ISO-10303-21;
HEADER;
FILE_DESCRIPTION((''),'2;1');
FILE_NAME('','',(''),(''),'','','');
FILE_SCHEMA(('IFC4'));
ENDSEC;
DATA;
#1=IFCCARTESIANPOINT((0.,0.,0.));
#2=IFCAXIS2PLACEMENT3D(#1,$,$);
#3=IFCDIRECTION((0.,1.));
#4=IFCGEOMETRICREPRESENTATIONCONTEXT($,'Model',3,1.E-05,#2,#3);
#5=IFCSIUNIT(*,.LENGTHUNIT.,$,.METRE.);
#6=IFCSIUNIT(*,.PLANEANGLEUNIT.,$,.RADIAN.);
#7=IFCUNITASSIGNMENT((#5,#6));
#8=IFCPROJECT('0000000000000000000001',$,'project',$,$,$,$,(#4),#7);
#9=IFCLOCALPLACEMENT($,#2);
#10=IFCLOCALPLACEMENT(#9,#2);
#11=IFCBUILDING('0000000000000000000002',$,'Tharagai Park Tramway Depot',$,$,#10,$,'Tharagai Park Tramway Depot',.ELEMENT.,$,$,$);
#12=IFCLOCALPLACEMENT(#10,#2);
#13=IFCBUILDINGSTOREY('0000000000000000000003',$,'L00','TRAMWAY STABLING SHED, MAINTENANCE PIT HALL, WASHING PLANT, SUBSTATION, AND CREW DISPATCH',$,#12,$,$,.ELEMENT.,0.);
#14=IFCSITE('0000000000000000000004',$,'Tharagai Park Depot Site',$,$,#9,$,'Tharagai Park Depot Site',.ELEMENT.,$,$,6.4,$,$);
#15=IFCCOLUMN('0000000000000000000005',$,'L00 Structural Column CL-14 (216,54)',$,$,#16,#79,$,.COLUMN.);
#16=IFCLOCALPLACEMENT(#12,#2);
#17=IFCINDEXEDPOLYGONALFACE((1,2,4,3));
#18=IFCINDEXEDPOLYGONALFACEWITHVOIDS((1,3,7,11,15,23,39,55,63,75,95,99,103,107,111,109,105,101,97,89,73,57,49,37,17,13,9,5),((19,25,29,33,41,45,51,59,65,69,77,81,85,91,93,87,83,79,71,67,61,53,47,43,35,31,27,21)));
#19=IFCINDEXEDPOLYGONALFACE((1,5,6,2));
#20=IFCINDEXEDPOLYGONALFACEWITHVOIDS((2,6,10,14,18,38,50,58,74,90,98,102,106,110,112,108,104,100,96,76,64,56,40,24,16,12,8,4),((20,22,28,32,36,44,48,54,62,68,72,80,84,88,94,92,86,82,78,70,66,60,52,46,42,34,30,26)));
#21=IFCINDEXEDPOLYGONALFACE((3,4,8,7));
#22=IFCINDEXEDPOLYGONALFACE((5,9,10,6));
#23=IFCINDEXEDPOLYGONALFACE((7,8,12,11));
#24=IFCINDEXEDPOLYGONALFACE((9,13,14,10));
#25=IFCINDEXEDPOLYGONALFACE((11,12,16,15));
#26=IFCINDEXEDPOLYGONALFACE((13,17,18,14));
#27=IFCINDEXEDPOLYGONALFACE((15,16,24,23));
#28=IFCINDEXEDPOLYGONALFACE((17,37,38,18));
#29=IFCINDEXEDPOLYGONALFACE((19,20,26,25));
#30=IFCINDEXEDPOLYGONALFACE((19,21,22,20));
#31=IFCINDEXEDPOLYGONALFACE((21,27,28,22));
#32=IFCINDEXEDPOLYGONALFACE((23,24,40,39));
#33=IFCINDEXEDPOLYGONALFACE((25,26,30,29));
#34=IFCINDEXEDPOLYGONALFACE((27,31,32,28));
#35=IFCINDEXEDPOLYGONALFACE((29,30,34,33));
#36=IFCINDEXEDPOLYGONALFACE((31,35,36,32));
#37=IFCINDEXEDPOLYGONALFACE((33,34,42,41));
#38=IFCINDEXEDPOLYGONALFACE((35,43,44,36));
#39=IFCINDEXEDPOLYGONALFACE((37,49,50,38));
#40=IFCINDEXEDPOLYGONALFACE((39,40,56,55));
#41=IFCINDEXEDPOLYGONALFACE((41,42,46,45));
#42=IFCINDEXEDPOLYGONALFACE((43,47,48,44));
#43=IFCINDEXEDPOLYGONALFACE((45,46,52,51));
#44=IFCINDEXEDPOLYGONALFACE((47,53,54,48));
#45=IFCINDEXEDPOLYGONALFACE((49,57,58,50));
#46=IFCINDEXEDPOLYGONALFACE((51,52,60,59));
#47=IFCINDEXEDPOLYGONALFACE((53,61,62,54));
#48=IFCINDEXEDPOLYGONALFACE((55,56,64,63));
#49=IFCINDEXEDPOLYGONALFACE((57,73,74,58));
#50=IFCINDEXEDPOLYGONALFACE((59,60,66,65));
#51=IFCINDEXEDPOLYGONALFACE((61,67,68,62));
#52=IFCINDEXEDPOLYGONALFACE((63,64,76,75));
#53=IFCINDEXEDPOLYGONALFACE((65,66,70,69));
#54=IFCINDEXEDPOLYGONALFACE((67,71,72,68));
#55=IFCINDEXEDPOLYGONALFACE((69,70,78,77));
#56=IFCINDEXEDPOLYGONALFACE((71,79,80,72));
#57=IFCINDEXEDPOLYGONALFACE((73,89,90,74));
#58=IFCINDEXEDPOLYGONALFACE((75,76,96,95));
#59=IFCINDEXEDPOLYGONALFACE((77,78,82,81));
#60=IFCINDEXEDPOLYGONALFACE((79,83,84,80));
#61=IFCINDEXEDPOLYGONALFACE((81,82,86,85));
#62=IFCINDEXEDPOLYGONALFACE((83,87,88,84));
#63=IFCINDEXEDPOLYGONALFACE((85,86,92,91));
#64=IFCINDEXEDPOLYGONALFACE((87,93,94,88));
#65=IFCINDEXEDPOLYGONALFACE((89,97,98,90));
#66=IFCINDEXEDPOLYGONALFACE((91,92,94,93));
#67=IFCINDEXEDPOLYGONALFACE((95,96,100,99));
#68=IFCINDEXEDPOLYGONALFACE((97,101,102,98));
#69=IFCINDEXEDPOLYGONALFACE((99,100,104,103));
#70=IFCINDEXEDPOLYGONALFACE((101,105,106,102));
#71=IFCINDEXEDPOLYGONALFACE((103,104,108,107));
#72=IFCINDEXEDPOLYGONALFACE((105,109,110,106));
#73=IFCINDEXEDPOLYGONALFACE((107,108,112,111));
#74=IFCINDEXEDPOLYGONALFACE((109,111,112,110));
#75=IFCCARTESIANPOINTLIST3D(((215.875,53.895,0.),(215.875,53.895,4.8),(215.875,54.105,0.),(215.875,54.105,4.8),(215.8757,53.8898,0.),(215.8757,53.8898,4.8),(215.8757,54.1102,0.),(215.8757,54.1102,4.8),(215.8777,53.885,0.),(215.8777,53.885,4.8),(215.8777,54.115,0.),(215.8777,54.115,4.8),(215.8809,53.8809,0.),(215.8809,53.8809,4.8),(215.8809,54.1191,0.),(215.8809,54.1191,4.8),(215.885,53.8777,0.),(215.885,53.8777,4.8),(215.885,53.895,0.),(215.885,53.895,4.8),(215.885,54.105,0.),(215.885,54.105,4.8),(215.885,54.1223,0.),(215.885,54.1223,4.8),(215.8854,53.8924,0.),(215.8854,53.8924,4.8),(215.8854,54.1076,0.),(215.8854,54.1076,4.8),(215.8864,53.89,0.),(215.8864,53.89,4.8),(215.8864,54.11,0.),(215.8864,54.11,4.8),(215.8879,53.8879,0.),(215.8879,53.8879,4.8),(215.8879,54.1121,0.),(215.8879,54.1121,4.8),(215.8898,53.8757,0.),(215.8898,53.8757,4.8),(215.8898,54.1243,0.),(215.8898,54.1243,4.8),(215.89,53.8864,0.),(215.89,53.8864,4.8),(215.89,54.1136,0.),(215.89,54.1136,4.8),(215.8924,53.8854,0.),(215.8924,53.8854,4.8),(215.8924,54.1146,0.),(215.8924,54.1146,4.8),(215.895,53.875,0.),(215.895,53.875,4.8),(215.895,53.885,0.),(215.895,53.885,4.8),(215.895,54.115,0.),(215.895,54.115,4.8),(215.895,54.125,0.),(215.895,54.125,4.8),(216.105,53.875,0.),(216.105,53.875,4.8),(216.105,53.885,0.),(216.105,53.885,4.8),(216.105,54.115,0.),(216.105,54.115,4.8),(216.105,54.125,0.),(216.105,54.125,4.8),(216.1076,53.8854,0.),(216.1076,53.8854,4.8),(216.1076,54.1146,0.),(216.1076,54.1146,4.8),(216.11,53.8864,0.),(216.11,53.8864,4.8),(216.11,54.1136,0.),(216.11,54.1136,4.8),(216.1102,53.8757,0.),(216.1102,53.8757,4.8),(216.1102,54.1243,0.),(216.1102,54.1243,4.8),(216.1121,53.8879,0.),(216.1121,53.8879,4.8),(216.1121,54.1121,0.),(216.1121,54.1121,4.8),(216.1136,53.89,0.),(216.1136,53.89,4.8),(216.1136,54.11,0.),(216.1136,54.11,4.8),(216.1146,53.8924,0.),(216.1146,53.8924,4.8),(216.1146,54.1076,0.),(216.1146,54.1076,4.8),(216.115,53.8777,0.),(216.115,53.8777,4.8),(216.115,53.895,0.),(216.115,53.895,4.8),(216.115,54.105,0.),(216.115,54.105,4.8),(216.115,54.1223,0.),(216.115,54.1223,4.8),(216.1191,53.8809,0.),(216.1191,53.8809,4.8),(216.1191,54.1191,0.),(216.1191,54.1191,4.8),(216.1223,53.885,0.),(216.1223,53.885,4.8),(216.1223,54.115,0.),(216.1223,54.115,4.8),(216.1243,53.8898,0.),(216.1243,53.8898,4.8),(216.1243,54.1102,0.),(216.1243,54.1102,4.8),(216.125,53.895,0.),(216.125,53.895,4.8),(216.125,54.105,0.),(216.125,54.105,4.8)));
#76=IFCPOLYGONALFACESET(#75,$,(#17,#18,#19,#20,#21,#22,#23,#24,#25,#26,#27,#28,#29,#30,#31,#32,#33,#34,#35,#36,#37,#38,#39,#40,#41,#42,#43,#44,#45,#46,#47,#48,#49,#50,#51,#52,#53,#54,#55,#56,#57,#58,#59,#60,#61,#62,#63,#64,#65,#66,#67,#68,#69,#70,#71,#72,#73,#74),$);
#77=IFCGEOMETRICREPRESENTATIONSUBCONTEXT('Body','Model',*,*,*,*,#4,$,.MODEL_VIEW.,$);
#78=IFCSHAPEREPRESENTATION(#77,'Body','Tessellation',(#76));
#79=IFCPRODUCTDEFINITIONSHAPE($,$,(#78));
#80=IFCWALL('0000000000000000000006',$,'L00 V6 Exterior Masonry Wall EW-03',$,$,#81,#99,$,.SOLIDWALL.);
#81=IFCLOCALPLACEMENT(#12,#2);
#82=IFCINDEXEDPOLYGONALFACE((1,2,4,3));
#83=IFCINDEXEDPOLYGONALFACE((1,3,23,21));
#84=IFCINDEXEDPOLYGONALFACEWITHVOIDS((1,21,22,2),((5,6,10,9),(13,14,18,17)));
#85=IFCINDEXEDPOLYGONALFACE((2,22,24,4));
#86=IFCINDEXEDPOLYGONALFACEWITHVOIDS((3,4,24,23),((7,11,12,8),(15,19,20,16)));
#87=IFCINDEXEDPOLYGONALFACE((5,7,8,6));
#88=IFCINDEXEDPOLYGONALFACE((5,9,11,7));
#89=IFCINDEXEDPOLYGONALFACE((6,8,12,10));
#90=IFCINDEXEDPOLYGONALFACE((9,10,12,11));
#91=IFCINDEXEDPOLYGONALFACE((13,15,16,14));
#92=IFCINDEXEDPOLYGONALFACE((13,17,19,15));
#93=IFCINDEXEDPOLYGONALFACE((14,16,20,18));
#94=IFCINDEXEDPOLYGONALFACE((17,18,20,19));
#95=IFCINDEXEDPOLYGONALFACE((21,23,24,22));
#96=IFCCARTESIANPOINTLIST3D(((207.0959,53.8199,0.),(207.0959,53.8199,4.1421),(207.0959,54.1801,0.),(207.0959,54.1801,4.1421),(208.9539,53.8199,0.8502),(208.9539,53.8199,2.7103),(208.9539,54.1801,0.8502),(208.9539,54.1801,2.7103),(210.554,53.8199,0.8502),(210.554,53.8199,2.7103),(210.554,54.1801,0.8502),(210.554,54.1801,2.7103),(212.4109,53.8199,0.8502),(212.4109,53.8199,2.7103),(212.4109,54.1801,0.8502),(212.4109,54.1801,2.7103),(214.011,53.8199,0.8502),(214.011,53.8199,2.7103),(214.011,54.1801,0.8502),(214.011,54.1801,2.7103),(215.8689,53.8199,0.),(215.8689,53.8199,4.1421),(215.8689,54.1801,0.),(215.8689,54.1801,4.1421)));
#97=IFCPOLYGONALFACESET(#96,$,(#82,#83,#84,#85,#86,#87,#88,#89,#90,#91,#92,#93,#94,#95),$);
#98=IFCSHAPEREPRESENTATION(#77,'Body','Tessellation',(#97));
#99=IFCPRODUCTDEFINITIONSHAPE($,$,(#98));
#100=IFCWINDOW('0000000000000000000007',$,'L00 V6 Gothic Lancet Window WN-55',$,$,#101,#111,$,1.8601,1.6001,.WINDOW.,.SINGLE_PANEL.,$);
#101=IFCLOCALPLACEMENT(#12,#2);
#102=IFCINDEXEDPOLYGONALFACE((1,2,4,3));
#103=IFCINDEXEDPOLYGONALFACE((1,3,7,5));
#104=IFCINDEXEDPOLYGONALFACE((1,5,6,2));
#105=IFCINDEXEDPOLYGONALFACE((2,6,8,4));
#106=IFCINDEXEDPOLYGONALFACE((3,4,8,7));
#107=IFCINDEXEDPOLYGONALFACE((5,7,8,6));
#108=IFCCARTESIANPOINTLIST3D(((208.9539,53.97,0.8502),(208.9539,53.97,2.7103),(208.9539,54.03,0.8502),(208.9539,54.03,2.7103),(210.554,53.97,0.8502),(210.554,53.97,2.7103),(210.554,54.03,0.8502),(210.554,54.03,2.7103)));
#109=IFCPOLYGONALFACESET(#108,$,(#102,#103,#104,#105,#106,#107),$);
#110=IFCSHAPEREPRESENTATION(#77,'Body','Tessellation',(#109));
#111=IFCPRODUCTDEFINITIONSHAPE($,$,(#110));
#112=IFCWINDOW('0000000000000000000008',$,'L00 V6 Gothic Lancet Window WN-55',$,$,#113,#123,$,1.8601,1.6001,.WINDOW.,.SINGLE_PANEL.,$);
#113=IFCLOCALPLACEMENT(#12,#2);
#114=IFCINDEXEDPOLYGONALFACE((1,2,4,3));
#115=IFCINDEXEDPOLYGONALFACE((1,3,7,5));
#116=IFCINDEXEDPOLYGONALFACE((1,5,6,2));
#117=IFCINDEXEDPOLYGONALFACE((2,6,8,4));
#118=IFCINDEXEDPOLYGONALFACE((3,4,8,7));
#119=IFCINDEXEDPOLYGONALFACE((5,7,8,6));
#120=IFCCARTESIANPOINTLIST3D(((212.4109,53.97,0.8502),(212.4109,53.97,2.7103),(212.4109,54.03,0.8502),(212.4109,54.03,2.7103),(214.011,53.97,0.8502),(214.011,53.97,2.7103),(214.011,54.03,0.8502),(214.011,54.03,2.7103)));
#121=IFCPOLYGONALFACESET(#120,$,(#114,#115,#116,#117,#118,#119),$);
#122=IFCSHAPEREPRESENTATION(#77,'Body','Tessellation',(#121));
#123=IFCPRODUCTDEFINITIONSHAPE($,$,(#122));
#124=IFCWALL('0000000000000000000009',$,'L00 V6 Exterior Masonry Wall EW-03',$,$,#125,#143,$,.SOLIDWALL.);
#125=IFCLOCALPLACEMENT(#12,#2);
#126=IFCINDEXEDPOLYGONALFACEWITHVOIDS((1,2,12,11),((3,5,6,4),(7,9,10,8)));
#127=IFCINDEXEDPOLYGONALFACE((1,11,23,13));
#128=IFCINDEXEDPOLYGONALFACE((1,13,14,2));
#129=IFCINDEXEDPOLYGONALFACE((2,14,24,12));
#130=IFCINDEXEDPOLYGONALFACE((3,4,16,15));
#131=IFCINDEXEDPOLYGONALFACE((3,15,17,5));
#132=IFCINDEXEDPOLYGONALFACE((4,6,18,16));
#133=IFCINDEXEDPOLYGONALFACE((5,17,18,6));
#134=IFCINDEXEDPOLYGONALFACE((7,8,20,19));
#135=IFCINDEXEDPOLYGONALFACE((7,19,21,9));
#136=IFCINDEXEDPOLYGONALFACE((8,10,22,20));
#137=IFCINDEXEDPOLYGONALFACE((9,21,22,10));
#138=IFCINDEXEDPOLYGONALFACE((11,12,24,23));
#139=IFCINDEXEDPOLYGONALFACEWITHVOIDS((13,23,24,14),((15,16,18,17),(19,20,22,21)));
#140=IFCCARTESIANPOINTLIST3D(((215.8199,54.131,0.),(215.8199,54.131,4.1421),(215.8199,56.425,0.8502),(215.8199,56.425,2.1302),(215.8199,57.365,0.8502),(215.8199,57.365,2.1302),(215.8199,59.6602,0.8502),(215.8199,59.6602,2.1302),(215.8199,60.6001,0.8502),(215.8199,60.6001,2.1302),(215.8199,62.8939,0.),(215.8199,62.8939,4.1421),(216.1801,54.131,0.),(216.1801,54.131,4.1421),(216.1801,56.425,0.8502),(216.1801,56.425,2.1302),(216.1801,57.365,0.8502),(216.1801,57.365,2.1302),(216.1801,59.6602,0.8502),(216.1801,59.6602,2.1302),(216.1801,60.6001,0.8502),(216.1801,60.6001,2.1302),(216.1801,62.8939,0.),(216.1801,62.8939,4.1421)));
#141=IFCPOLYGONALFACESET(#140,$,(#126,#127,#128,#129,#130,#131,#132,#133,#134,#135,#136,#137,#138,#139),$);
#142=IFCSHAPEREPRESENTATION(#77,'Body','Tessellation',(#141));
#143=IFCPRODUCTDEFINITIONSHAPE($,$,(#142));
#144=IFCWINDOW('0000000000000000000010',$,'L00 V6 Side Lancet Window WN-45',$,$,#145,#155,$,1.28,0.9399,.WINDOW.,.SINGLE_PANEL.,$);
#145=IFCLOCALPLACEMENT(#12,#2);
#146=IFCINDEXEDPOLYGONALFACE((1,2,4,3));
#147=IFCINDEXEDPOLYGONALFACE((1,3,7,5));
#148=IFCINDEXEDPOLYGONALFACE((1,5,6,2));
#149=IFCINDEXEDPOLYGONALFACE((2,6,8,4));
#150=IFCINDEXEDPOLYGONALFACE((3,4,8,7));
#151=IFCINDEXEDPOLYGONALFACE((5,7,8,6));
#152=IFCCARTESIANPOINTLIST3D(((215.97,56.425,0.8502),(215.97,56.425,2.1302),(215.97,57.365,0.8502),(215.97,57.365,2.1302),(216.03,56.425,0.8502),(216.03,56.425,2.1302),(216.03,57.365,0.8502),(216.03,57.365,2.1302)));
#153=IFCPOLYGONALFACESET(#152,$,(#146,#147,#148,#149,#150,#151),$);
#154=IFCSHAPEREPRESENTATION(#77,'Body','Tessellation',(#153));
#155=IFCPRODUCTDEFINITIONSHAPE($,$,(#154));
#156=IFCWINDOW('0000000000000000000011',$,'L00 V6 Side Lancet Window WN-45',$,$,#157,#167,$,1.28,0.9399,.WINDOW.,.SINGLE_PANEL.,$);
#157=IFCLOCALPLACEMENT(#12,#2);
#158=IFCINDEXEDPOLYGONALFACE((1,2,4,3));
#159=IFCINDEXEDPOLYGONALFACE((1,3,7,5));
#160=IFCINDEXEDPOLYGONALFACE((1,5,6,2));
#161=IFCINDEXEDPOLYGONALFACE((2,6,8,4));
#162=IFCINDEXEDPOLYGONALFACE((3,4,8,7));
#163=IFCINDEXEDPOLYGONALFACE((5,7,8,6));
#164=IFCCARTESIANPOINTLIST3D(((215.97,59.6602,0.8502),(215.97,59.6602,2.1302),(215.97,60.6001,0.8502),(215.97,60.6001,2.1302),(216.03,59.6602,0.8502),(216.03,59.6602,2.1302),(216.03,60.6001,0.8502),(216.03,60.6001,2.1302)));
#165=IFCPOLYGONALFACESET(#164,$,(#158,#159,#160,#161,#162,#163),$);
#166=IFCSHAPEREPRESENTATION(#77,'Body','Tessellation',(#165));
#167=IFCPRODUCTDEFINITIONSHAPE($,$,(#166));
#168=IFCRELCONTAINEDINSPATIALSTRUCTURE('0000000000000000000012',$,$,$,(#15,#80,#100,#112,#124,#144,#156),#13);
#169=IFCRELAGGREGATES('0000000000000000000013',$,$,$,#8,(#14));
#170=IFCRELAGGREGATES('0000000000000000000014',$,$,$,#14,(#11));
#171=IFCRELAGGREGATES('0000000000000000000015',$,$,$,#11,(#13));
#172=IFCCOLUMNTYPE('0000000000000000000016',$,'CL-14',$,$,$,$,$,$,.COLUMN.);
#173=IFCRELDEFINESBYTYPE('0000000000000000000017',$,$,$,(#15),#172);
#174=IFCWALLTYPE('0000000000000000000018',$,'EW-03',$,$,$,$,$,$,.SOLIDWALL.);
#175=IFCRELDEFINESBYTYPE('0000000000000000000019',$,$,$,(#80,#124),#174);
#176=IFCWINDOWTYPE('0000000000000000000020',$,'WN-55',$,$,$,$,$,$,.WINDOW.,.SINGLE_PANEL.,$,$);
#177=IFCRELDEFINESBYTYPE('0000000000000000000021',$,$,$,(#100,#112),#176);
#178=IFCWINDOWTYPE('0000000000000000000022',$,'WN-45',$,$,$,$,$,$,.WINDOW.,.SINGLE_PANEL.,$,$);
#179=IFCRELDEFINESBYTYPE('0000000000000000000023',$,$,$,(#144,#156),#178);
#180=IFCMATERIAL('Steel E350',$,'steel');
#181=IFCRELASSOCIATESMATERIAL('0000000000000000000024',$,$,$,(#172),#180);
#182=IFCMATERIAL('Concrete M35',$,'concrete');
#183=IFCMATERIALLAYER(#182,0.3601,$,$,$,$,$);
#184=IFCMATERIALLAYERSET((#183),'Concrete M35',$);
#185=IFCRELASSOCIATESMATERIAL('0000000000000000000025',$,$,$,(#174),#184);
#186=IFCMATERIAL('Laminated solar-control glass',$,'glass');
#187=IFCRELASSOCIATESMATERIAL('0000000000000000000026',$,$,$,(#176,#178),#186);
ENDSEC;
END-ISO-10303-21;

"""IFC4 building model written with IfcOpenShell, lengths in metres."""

from ifc_helpers import new_model, si_unit, direction, frame, frame_2d, origin, origin_2d, place, context, subcontext, project, spatial, rectangle, hollow_rectangle, extrude, material, layer, layer_set, material_profile, profile_set, type_object, element, fill, save


model = new_model("IFC4")

# Units and contexts
model_context = context("Model", 3, precision=1e-05, world=origin(), true_north=direction((0.0, 1.0)))
body_context = subcontext(model_context, "Body", "Model", "MODEL_VIEW")
ifc_project = project(units=[si_unit("LENGTHUNIT", "METRE"), si_unit("PLANEANGLEUNIT", "RADIAN")], contexts=[model_context])

# Site, building, storey
site_placement = place(None, origin())
site = spatial("IfcSite", under=ifc_project, at=site_placement, Name="Tharagai Park Depot Site", LongName="Tharagai Park Depot Site", CompositionType="ELEMENT", RefElevation=6.4)
building_placement = place(site_placement, origin())
building = spatial("IfcBuilding", under=site, at=building_placement, Name="Tharagai Park Tramway Depot", LongName="Tharagai Park Tramway Depot", CompositionType="ELEMENT")
storey_placement = place(building_placement, origin())
storey = spatial("IfcBuildingStorey", under=building, at=storey_placement, Name="L00", Description="TRAMWAY STABLING SHED, MAINTENANCE PIT HALL, WASHING PLANT, SUBSTATION, AND CREW DISPATCH", CompositionType="ELEMENT", Elevation=0.0)

# Column
ifc_material_1 = material(Name="Steel E350", Category="steel")
ifc_material_profile_1 = material_profile(ifc_material_1, hollow_rectangle(XDim=0.25, YDim=0.25, WallThickness=0.01, InnerFilletRadius=0.01, OuterFilletRadius=0.02, at=origin_2d()), Name="SHS 250x250x10")
ifc_profile_set_1 = profile_set([ifc_material_profile_1], Name="Steel E350")
column_type_1 = type_object("IfcColumnType", Name="CL-14", PredefinedType="COLUMN", material=ifc_profile_set_1)
column_1_placement = place(storey_placement, frame((216.0, 54.0, 0.0), z_axis=(0.0, 0.0, 1.0), x_axis=(1.0, 0.0, 0.0)))
element("IfcColumn", 1, at=column_1_placement, inside=storey, type_object=column_type_1, Name="L00 Structural Column CL-14 (216,54)", PredefinedType="COLUMN", context=body_context, shape_type="SweptSolid", body=[
    extrude(hollow_rectangle(XDim=0.25, YDim=0.25, WallThickness=0.01, InnerFilletRadius=0.01, OuterFilletRadius=0.02, at=origin_2d()), origin(), (0.0, 0.0, 1.0), 4.8),
])

# Walls, openings, windows
ifc_material_2 = material(Name="Concrete M35", Category="concrete")
ifc_layer = layer(ifc_material_2, 0.3601)
ifc_layer_set = layer_set([ifc_layer], Name="Concrete M35")
wall_type = type_object("IfcWallType", Name="EW-03", PredefinedType="SOLIDWALL", material=ifc_layer_set)
wall_1_placement = place(storey_placement, frame((207.0959, 54.0, 0.0), z_axis=(0.0, 0.0, 1.0), x_axis=(1.0, 0.0, 0.0)))
wall_1 = element("IfcWall", 2, at=wall_1_placement, inside=storey, type_object=wall_type, Name="L00 V6 Exterior Masonry Wall EW-03", PredefinedType="SOLIDWALL", context=body_context, shape_type="SweptSolid", body=[
    extrude(rectangle(XDim=8.7729, YDim=0.3601, at=frame_2d((4.3865, 0.0))), origin(), (0.0, 0.0, 1.0), 4.1421),
])
opening_1_placement = place(wall_1_placement, frame((1.8579, 0.0, 0.8501)))
opening_1 = element("IfcOpeningElement", 3, at=opening_1_placement, cuts=wall_1, PredefinedType="OPENING", context=body_context, shape_type="SweptSolid", body=[
    extrude(rectangle(XDim=1.6001, YDim=1.8601, at=frame_2d((0.8, 0.9302))), frame((0.0, 0.1899, 0.0), z_axis=(0.0, -1.0, 0.0), x_axis=(1.0, 0.0, 0.0)), (0.0, 0.0, 1.0), 0.3801),
])
opening_2_placement = place(wall_1_placement, frame((5.3149, 0.0, 0.8501)))
opening_2 = element("IfcOpeningElement", 4, at=opening_2_placement, cuts=wall_1, PredefinedType="OPENING", context=body_context, shape_type="SweptSolid", body=[
    extrude(rectangle(XDim=1.6001, YDim=1.8601, at=frame_2d((0.8, 0.9302))), frame((0.0, 0.1899, 0.0), z_axis=(0.0, -1.0, 0.0), x_axis=(1.0, 0.0, 0.0)), (0.0, 0.0, 1.0), 0.3801),
])
ifc_material_3 = material(Name="Laminated solar-control glass", Category="glass")
window_type_1 = type_object("IfcWindowType", Name="WN-55", PartitioningType="SINGLE_PANEL", PredefinedType="WINDOW", material=ifc_material_3)
window_1_placement = place(opening_1_placement, origin())
window_1 = element("IfcWindow", 5, at=window_1_placement, inside=storey, type_object=window_type_1, Name="L00 V6 Gothic Lancet Window WN-55", OverallHeight=1.8601, OverallWidth=1.6001, PartitioningType="SINGLE_PANEL", PredefinedType="WINDOW", context=body_context, shape_type="SweptSolid", body=[
    extrude(rectangle(XDim=1.6001, YDim=1.8601, at=frame_2d((0.8, 0.9302))), frame((0.0, 0.03, 0.0), z_axis=(0.0, -1.0, 0.0), x_axis=(1.0, 0.0, 0.0)), (0.0, 0.0, 1.0), 0.0601),
])
fill(opening_1, window_1)
window_2_placement = place(opening_2_placement, origin())
window_2 = element("IfcWindow", 6, at=window_2_placement, inside=storey, type_object=window_type_1, Name="L00 V6 Gothic Lancet Window WN-55", OverallHeight=1.8601, OverallWidth=1.6001, PartitioningType="SINGLE_PANEL", PredefinedType="WINDOW", context=body_context, shape_type="SweptSolid", body=[
    extrude(rectangle(XDim=1.6001, YDim=1.8601, at=frame_2d((0.8, 0.9302))), frame((0.0, 0.03, 0.0), z_axis=(0.0, -1.0, 0.0), x_axis=(1.0, 0.0, 0.0)), (0.0, 0.0, 1.0), 0.0601),
])
fill(opening_2, window_2)
wall_2_placement = place(storey_placement, frame((216.0, 54.1311, 0.0), z_axis=(0.0, 0.0, 1.0), x_axis=(0.0, 1.0, 0.0)))
wall_2 = element("IfcWall", 7, at=wall_2_placement, inside=storey, type_object=wall_type, Name="L00 V6 Exterior Masonry Wall EW-03", PredefinedType="SOLIDWALL", context=body_context, shape_type="SweptSolid", body=[
    extrude(rectangle(XDim=8.7629, YDim=0.3601, at=frame_2d((4.3813, 0.0))), origin(), (0.0, 0.0, 1.0), 4.1421),
])
opening_3_placement = place(wall_2_placement, frame((2.2939, 0.0, 0.8501)))
opening_3 = element("IfcOpeningElement", 8, at=opening_3_placement, cuts=wall_2, PredefinedType="OPENING", context=body_context, shape_type="SweptSolid", body=[
    extrude(rectangle(XDim=0.9399, YDim=1.28, at=frame_2d((0.47, 0.6401))), frame((0.0, 0.1899, 0.0), z_axis=(0.0, -1.0, 0.0), x_axis=(1.0, 0.0, 0.0)), (0.0, 0.0, 1.0), 0.3801),
])
opening_4_placement = place(wall_2_placement, frame((5.5291, 0.0, 0.8501)))
opening_4 = element("IfcOpeningElement", 9, at=opening_4_placement, cuts=wall_2, PredefinedType="OPENING", context=body_context, shape_type="SweptSolid", body=[
    extrude(rectangle(XDim=0.9399, YDim=1.28, at=frame_2d((0.47, 0.6401))), frame((0.0, 0.1899, 0.0), z_axis=(0.0, -1.0, 0.0), x_axis=(1.0, 0.0, 0.0)), (0.0, 0.0, 1.0), 0.3801),
])
window_type_2 = type_object("IfcWindowType", Name="WN-45", PartitioningType="SINGLE_PANEL", PredefinedType="WINDOW", material=ifc_material_3)
window_3_placement = place(opening_3_placement, origin())
window_3 = element("IfcWindow", 10, at=window_3_placement, inside=storey, type_object=window_type_2, Name="L00 V6 Side Lancet Window WN-45", OverallHeight=1.28, OverallWidth=0.9399, PartitioningType="SINGLE_PANEL", PredefinedType="WINDOW", context=body_context, shape_type="SweptSolid", body=[
    extrude(rectangle(XDim=0.9399, YDim=1.28, at=frame_2d((0.47, 0.6401))), frame((0.0, 0.03, 0.0), z_axis=(0.0, -1.0, 0.0), x_axis=(1.0, 0.0, 0.0)), (0.0, 0.0, 1.0), 0.0601),
])
fill(opening_3, window_3)
window_4_placement = place(opening_4_placement, origin())
window_4 = element("IfcWindow", 11, at=window_4_placement, inside=storey, type_object=window_type_2, Name="L00 V6 Side Lancet Window WN-45", OverallHeight=1.28, OverallWidth=0.9399, PartitioningType="SINGLE_PANEL", PredefinedType="WINDOW", context=body_context, shape_type="SweptSolid", body=[
    extrude(rectangle(XDim=0.9399, YDim=1.28, at=frame_2d((0.47, 0.6401))), frame((0.0, 0.03, 0.0), z_axis=(0.0, -1.0, 0.0), x_axis=(1.0, 0.0, 0.0)), (0.0, 0.0, 1.0), 0.0601),
])
fill(opening_4, window_4)

save(model, "model.ifc")
